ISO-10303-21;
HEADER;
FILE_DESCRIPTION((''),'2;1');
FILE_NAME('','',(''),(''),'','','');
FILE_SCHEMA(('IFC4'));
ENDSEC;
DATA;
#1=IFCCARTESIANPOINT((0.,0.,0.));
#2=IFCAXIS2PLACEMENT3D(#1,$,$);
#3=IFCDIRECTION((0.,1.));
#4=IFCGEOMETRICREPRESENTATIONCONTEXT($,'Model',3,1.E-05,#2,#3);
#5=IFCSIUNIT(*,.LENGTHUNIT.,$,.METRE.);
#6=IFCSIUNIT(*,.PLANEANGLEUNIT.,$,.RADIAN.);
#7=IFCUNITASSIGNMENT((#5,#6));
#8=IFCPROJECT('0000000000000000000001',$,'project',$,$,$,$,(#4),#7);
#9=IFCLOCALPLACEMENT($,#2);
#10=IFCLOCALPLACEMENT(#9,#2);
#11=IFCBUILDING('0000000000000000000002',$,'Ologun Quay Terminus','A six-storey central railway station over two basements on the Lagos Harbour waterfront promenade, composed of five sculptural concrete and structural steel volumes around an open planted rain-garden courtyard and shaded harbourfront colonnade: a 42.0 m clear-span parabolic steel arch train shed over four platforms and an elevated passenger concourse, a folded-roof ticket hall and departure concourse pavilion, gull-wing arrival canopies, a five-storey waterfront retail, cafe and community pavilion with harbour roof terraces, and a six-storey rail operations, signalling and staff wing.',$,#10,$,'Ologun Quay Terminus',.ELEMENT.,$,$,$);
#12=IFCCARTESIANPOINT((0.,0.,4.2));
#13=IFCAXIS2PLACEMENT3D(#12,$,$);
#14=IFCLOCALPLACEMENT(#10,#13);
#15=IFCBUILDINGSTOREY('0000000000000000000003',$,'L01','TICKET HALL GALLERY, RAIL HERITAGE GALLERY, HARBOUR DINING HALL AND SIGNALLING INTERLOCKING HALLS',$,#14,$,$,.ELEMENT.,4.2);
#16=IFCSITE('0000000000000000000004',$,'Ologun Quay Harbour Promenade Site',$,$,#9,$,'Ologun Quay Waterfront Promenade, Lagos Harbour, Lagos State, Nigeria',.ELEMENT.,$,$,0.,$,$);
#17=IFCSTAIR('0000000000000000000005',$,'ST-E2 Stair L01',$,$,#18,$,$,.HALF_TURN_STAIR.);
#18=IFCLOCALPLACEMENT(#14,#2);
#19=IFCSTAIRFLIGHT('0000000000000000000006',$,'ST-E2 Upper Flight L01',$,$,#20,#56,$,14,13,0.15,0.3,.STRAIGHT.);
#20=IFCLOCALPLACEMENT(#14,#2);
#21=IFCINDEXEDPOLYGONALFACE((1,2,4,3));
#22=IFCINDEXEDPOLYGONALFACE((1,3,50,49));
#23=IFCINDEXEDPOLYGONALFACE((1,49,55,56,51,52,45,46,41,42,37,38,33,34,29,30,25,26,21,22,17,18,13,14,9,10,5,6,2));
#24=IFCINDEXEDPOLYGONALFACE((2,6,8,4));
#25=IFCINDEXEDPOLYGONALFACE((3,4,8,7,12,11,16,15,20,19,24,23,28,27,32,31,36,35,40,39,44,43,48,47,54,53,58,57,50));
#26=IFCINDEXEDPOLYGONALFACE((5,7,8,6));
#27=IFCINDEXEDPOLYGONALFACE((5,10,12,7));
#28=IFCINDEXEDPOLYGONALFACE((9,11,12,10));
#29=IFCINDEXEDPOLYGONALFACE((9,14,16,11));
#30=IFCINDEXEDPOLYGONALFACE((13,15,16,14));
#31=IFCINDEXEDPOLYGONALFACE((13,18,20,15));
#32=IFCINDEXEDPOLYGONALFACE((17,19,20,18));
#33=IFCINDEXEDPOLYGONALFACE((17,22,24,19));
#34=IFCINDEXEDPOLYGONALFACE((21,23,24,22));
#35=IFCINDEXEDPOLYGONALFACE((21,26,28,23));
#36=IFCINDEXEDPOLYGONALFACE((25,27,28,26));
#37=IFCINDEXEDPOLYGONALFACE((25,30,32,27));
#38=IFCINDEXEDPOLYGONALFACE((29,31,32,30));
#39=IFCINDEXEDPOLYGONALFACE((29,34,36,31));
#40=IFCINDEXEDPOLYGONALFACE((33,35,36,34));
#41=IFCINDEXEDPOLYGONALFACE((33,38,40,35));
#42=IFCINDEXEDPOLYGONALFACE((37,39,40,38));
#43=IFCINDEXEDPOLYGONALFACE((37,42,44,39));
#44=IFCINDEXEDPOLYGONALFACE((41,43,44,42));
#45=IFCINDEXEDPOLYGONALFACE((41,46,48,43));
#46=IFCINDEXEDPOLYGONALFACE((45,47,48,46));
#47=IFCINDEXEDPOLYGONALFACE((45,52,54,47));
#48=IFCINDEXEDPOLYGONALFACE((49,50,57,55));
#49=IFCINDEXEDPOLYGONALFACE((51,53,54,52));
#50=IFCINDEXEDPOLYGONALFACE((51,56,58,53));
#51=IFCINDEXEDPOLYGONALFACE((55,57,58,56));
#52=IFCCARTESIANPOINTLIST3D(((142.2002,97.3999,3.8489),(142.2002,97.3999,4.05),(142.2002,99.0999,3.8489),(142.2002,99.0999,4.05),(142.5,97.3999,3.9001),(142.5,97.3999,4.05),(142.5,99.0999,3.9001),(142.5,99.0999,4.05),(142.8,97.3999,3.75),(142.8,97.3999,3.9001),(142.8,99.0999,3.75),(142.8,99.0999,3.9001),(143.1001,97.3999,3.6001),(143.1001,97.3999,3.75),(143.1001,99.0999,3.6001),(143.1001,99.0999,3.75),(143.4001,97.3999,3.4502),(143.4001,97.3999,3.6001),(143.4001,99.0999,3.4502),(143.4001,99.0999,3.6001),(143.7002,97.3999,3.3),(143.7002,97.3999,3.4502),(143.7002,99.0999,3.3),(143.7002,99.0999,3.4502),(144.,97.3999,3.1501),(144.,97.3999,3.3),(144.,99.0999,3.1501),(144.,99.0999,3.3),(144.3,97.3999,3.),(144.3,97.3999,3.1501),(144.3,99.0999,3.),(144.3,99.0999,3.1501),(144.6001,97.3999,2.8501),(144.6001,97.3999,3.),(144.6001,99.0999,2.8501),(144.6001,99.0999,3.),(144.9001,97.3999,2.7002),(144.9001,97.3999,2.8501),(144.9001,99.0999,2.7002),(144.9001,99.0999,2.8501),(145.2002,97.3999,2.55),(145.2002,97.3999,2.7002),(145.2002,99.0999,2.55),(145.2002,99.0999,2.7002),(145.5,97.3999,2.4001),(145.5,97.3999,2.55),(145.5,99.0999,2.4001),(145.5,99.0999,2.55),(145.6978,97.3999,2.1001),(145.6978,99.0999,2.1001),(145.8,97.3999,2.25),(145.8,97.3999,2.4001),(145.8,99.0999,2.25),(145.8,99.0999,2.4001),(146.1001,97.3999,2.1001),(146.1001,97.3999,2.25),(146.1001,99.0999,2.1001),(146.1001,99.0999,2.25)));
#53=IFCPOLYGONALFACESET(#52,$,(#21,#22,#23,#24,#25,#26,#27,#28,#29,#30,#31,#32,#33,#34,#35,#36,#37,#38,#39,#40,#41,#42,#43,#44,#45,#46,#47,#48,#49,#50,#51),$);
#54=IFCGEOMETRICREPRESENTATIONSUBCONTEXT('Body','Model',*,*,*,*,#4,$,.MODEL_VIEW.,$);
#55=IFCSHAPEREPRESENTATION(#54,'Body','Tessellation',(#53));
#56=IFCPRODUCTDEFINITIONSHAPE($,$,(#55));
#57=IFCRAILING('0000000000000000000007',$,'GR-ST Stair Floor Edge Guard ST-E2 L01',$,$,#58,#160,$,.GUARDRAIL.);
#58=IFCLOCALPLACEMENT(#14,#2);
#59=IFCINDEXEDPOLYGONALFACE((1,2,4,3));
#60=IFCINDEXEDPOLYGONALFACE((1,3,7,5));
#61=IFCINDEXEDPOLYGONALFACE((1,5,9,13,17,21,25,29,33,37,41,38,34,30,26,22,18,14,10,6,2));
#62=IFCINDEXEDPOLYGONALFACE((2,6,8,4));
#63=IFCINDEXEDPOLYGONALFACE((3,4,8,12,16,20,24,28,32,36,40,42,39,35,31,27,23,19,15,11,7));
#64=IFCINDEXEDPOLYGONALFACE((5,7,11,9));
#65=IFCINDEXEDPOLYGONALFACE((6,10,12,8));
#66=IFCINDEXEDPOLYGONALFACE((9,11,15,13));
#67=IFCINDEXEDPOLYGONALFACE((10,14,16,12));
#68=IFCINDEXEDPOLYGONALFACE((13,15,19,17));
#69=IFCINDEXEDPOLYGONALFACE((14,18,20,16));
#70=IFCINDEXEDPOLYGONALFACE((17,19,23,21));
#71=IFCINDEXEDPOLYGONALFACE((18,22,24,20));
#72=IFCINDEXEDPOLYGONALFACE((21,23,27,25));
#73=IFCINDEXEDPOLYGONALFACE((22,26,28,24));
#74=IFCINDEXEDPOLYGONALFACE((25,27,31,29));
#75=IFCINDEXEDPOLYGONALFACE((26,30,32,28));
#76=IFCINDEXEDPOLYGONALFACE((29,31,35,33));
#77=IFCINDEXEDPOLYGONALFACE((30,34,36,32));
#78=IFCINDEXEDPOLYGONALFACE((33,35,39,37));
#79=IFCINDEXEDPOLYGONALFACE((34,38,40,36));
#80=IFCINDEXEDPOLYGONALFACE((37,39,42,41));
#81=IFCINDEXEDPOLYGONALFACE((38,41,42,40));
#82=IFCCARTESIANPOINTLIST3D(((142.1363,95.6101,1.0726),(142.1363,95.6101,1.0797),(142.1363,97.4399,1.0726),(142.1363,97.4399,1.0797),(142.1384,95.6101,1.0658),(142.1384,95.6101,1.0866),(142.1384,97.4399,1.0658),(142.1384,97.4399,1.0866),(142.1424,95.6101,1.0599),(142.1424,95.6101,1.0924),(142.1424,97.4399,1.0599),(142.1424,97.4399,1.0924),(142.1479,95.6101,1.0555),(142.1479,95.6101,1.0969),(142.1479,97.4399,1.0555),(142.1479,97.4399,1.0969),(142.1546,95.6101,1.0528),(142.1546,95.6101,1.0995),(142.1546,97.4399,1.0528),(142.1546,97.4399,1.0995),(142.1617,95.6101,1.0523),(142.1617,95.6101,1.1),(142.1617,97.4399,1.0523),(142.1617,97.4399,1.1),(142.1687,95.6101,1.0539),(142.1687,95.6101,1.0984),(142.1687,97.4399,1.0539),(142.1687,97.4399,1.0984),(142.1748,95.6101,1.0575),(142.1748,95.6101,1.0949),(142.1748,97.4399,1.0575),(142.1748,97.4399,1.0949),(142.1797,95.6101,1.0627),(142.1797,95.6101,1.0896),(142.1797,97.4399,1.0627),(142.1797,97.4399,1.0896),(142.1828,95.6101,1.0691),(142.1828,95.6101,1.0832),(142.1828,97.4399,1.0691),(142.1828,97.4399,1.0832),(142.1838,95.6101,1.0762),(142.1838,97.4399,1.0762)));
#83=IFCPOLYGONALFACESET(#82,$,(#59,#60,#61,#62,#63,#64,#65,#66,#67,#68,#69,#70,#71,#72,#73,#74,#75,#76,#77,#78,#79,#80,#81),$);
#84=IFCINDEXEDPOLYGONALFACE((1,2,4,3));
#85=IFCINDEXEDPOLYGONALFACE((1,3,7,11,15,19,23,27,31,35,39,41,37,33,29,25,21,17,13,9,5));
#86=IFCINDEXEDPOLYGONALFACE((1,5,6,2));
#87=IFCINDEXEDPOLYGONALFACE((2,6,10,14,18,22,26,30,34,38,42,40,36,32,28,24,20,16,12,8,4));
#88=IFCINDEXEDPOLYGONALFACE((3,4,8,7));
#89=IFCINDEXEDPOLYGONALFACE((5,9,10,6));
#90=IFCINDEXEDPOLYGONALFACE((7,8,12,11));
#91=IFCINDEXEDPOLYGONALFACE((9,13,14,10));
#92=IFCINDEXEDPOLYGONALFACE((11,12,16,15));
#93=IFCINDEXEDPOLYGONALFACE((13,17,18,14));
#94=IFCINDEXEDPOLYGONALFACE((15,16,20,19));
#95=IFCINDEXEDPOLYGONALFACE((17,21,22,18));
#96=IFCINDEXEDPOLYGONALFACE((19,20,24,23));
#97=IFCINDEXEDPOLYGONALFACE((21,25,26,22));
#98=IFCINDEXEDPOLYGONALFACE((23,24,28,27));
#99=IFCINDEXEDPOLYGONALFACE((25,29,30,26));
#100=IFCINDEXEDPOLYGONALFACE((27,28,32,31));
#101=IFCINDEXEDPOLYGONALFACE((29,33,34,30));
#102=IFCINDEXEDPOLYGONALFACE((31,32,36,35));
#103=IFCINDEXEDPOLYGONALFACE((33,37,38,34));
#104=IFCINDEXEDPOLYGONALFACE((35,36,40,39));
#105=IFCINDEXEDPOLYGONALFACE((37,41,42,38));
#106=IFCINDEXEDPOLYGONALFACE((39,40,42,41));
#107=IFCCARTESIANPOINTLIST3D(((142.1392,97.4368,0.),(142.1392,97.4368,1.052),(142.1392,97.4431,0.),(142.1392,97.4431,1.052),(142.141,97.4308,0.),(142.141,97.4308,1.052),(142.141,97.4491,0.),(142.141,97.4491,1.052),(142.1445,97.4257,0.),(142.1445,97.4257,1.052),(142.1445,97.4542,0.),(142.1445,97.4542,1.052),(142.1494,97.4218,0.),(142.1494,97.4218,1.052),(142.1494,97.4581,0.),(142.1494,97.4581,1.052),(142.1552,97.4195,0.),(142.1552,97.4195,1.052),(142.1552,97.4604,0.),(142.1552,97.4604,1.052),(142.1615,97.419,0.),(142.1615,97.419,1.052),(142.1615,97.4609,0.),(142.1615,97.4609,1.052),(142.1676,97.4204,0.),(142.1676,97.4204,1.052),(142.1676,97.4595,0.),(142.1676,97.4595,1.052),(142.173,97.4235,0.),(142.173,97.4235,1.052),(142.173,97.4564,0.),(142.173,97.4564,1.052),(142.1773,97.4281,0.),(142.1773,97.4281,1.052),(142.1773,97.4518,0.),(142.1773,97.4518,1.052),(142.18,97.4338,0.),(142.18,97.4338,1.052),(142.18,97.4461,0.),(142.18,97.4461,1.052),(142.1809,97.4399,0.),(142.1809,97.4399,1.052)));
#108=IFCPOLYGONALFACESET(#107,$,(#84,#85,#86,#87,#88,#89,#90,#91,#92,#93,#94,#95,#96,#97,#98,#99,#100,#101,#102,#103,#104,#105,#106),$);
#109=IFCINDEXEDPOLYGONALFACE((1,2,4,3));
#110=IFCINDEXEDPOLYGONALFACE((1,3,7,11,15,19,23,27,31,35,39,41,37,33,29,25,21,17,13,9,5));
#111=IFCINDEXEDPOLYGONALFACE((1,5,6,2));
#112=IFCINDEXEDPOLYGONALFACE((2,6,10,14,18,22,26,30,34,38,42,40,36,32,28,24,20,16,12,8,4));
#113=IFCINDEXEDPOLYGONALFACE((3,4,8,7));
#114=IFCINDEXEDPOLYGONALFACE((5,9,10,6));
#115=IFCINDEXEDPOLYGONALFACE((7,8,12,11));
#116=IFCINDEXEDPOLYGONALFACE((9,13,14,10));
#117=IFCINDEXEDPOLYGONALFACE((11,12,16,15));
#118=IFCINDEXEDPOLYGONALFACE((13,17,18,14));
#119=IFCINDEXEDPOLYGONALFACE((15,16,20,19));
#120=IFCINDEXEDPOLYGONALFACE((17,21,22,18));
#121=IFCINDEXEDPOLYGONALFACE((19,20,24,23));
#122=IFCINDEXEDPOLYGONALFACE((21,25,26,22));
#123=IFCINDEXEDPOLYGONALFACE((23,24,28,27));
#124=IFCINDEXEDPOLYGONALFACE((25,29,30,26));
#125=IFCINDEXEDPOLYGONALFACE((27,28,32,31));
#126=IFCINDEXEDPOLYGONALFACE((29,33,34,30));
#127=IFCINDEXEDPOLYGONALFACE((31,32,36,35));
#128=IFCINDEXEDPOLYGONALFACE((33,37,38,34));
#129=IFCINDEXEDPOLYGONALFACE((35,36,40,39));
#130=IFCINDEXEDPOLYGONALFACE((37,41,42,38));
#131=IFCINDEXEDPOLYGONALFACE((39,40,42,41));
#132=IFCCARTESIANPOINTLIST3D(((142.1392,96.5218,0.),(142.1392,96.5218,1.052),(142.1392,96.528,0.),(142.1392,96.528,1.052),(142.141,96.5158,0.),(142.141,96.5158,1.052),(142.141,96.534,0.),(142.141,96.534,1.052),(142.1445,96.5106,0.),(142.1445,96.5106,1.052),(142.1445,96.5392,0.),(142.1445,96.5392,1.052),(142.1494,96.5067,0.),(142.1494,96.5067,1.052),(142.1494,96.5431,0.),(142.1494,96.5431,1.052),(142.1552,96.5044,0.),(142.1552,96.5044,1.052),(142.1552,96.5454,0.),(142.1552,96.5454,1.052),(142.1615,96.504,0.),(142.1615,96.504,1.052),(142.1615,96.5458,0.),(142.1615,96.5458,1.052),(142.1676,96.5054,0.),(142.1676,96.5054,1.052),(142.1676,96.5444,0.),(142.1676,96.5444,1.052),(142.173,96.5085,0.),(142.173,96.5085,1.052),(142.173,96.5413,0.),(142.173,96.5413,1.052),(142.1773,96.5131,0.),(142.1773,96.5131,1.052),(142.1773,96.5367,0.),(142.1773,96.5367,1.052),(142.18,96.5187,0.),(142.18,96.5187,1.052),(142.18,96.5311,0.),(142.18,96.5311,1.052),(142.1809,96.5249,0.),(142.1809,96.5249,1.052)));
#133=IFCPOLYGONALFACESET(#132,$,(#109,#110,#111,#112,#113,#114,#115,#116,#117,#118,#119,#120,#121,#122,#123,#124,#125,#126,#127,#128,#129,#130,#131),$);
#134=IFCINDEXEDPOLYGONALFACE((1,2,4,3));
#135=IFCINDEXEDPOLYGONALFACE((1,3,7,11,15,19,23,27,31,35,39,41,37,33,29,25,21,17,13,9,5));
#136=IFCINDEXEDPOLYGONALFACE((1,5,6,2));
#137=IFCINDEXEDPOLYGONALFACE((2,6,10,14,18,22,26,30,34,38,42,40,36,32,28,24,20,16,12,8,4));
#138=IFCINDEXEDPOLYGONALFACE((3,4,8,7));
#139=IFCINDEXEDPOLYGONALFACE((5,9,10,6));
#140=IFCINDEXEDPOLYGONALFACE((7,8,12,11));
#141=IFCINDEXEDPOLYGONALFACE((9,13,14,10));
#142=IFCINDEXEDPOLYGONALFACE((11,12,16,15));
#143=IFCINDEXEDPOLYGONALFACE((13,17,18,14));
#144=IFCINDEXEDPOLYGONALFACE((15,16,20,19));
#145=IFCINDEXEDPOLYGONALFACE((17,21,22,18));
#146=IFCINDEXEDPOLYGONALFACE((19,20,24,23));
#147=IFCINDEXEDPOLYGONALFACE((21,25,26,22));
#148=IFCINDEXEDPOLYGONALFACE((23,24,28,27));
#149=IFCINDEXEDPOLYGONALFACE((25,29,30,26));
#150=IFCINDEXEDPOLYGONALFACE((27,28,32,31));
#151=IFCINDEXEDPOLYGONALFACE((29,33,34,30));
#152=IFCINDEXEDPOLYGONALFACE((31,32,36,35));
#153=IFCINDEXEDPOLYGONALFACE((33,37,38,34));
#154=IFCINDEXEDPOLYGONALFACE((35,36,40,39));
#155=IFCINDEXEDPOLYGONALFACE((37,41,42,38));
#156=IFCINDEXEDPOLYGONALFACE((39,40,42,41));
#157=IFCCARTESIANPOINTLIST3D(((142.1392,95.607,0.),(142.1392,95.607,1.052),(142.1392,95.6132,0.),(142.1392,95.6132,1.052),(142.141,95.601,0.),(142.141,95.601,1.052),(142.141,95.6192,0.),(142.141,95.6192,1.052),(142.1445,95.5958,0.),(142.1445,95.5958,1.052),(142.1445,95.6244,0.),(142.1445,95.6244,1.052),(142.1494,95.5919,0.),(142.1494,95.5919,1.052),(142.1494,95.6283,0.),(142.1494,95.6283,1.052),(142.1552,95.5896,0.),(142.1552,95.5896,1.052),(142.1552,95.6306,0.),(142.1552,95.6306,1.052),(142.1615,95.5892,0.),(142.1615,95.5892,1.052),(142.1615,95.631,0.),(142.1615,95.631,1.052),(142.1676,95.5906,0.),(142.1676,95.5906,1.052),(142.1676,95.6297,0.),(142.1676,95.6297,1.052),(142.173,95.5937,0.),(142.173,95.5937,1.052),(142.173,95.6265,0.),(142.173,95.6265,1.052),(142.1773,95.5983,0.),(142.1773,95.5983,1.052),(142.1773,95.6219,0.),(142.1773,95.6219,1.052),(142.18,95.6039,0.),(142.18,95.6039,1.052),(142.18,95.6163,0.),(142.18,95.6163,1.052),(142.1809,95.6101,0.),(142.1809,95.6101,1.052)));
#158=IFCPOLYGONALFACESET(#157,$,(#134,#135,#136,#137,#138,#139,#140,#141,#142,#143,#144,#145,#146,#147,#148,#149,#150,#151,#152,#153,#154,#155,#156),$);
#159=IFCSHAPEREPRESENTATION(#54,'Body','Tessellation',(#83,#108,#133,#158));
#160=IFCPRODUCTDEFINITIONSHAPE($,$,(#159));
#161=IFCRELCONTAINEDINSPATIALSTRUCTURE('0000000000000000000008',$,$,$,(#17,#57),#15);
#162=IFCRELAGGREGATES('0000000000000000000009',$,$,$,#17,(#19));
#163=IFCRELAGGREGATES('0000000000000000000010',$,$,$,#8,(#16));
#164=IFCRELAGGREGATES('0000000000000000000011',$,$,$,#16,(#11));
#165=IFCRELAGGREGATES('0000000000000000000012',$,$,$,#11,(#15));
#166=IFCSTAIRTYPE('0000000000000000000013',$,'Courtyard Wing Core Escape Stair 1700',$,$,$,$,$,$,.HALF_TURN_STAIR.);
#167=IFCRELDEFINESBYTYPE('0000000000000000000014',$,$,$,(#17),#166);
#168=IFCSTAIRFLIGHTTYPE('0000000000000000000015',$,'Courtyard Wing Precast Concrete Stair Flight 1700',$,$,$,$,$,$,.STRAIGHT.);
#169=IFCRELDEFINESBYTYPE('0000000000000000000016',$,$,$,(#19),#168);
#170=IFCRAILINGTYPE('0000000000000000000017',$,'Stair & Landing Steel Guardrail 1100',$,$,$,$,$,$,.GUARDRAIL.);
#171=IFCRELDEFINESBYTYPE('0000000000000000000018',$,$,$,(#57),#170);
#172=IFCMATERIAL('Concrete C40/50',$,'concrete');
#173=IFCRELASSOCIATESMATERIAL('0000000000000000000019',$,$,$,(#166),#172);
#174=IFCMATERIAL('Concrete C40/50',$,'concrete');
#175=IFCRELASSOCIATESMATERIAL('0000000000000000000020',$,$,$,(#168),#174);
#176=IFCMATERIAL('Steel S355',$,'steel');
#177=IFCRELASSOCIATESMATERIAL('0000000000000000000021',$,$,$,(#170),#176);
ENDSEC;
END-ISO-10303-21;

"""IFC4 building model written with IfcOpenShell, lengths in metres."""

from ifc_helpers import new_model, si_unit, direction, frame, origin, origin_2d, place, context, subcontext, project, spatial, polyline, circle, outline, extrude, material, type_object, element, aggregate, save


model = new_model("IFC4")

# Units and contexts
model_context = context("Model", 3, precision=1e-05, world=origin(), true_north=direction((0.0, 1.0)))
body_context = subcontext(model_context, "Body", "Model", "MODEL_VIEW")
ifc_project = project(units=[si_unit("LENGTHUNIT", "METRE"), si_unit("PLANEANGLEUNIT", "RADIAN")], contexts=[model_context])

# Site, building, storey
site_placement = place(None, origin())
site = spatial("IfcSite", under=ifc_project, at=site_placement, Name="Ologun Quay Harbour Promenade Site", LongName="Ologun Quay Waterfront Promenade, Lagos Harbour, Lagos State, Nigeria", CompositionType="ELEMENT", RefElevation=0.0)
building_placement = place(site_placement, origin())
building = spatial("IfcBuilding", under=site, at=building_placement, Name="Ologun Quay Terminus", Description="A six-storey central railway station over two basements on the Lagos Harbour waterfront promenade, composed of five sculptural concrete and structural steel volumes around an open planted rain-garden courtyard and shaded harbourfront colonnade: a 42.0 m clear-span parabolic steel arch train shed over four platforms and an elevated passenger concourse, a folded-roof ticket hall and departure concourse pavilion, gull-wing arrival canopies, a five-storey waterfront retail, cafe and community pavilion with harbour roof terraces, and a six-storey rail operations, signalling and staff wing.", LongName="Ologun Quay Terminus", CompositionType="ELEMENT")
storey_placement = place(building_placement, frame((0.0, 0.0, 4.2)))
storey = spatial("IfcBuildingStorey", under=building, at=storey_placement, Name="L01", Description="TICKET HALL GALLERY, RAIL HERITAGE GALLERY, HARBOUR DINING HALL AND SIGNALLING INTERLOCKING HALLS", CompositionType="ELEMENT", Elevation=4.2)

# Stair, stair flight
ifc_material_1 = material(Name="Concrete C40/50", Category="concrete")
stair_type = type_object("IfcStairType", Name="Courtyard Wing Core Escape Stair 1700", PredefinedType="HALF_TURN_STAIR", material=ifc_material_1)
stair_placement = place(storey_placement, origin())
stair = element("IfcStair", 1, at=stair_placement, inside=storey, type_object=stair_type, Name="ST-E2 Stair L01", PredefinedType="HALF_TURN_STAIR")
ifc_material_2 = material(Name="Concrete C40/50", Category="concrete")
stair_flight_type = type_object("IfcStairFlightType", Name="Courtyard Wing Precast Concrete Stair Flight 1700", PredefinedType="STRAIGHT", material=ifc_material_2)
stair_flight_1_placement = place(storey_placement, frame((146.1001, 98.25, 2.1001), z_axis=(0.0, 0.0, 1.0), x_axis=(-1.0, 0.0, 0.0)))
stair_flight_1 = element("IfcStairFlight", 2, at=stair_flight_1_placement, type_object=stair_flight_type, Name="ST-E2 Upper Flight L01", NumberOfRisers=14, NumberOfTreads=13, PredefinedType="STRAIGHT", RiserHeight=0.15, TreadLength=0.3, context=body_context, shape_type="SweptSolid", body=[
    extrude(outline(polyline([(0.0, 0.0), (0.0, 0.1499), (0.3, 0.1499), (0.3, 0.3), (0.6001, 0.3), (0.6001, 0.45), (0.8999, 0.45), (0.8999, 0.6001), (1.2, 0.6001), (1.2, 0.75), (1.5, 0.75), (1.5, 0.8999), (1.8, 0.8999), (1.8, 1.05), (2.1001, 1.05), (2.1001, 1.2), (2.3999, 1.2), (2.3999, 1.3501), (2.7, 1.3501), (2.7, 1.5), (3.0, 1.5), (3.0, 1.6499), (3.3, 1.6499), (3.3, 1.8), (3.6001, 1.8), (3.6001, 1.95), (3.8999, 1.95), (3.8999, 2.1001), (3.8999, 1.7488), (0.4023, 0.0), (0.0, 0.0)])), frame((0.0, 0.8501, 0.0), z_axis=(0.0, -1.0, 0.0), x_axis=(1.0, 0.0, 0.0)), (0.0, 0.0, 1.0), 1.7),
])
aggregate(stair, [stair_flight_1])

# Railing
ifc_material_3 = material(Name="Steel S355", Category="steel")
railing_type_1 = type_object("IfcRailingType", Name="Stair & Landing Steel Guardrail 1100", PredefinedType="GUARDRAIL", material=ifc_material_3)
railing_1_placement = place(storey_placement, frame((142.1599, 97.4399, 0.0)))
element("IfcRailing", 3, at=railing_1_placement, inside=storey, type_object=railing_type_1, Name="GR-ST Stair Floor Edge Guard ST-E2 L01", PredefinedType="GUARDRAIL", context=body_context, shape_type="SweptSolid", body=[
    extrude(circle(Radius=0.0239, at=origin_2d()), frame((0.0, 0.0, 1.0762), z_axis=(0.0, -1.0, 0.0), x_axis=(1.0, 0.0, 0.0)), (0.0, 0.0, 1.0), 1.8298),
    extrude(circle(Radius=0.021, at=origin_2d()), origin(), (0.0, 0.0, 1.0), 1.052),
    extrude(circle(Radius=0.021, at=origin_2d()), frame((0.0, -0.915, 0.0)), (0.0, 0.0, 1.0), 1.052),
    extrude(circle(Radius=0.021, at=origin_2d()), frame((0.0, -1.8298, 0.0)), (0.0, 0.0, 1.0), 1.052),
])

save(model, "model.ifc")
